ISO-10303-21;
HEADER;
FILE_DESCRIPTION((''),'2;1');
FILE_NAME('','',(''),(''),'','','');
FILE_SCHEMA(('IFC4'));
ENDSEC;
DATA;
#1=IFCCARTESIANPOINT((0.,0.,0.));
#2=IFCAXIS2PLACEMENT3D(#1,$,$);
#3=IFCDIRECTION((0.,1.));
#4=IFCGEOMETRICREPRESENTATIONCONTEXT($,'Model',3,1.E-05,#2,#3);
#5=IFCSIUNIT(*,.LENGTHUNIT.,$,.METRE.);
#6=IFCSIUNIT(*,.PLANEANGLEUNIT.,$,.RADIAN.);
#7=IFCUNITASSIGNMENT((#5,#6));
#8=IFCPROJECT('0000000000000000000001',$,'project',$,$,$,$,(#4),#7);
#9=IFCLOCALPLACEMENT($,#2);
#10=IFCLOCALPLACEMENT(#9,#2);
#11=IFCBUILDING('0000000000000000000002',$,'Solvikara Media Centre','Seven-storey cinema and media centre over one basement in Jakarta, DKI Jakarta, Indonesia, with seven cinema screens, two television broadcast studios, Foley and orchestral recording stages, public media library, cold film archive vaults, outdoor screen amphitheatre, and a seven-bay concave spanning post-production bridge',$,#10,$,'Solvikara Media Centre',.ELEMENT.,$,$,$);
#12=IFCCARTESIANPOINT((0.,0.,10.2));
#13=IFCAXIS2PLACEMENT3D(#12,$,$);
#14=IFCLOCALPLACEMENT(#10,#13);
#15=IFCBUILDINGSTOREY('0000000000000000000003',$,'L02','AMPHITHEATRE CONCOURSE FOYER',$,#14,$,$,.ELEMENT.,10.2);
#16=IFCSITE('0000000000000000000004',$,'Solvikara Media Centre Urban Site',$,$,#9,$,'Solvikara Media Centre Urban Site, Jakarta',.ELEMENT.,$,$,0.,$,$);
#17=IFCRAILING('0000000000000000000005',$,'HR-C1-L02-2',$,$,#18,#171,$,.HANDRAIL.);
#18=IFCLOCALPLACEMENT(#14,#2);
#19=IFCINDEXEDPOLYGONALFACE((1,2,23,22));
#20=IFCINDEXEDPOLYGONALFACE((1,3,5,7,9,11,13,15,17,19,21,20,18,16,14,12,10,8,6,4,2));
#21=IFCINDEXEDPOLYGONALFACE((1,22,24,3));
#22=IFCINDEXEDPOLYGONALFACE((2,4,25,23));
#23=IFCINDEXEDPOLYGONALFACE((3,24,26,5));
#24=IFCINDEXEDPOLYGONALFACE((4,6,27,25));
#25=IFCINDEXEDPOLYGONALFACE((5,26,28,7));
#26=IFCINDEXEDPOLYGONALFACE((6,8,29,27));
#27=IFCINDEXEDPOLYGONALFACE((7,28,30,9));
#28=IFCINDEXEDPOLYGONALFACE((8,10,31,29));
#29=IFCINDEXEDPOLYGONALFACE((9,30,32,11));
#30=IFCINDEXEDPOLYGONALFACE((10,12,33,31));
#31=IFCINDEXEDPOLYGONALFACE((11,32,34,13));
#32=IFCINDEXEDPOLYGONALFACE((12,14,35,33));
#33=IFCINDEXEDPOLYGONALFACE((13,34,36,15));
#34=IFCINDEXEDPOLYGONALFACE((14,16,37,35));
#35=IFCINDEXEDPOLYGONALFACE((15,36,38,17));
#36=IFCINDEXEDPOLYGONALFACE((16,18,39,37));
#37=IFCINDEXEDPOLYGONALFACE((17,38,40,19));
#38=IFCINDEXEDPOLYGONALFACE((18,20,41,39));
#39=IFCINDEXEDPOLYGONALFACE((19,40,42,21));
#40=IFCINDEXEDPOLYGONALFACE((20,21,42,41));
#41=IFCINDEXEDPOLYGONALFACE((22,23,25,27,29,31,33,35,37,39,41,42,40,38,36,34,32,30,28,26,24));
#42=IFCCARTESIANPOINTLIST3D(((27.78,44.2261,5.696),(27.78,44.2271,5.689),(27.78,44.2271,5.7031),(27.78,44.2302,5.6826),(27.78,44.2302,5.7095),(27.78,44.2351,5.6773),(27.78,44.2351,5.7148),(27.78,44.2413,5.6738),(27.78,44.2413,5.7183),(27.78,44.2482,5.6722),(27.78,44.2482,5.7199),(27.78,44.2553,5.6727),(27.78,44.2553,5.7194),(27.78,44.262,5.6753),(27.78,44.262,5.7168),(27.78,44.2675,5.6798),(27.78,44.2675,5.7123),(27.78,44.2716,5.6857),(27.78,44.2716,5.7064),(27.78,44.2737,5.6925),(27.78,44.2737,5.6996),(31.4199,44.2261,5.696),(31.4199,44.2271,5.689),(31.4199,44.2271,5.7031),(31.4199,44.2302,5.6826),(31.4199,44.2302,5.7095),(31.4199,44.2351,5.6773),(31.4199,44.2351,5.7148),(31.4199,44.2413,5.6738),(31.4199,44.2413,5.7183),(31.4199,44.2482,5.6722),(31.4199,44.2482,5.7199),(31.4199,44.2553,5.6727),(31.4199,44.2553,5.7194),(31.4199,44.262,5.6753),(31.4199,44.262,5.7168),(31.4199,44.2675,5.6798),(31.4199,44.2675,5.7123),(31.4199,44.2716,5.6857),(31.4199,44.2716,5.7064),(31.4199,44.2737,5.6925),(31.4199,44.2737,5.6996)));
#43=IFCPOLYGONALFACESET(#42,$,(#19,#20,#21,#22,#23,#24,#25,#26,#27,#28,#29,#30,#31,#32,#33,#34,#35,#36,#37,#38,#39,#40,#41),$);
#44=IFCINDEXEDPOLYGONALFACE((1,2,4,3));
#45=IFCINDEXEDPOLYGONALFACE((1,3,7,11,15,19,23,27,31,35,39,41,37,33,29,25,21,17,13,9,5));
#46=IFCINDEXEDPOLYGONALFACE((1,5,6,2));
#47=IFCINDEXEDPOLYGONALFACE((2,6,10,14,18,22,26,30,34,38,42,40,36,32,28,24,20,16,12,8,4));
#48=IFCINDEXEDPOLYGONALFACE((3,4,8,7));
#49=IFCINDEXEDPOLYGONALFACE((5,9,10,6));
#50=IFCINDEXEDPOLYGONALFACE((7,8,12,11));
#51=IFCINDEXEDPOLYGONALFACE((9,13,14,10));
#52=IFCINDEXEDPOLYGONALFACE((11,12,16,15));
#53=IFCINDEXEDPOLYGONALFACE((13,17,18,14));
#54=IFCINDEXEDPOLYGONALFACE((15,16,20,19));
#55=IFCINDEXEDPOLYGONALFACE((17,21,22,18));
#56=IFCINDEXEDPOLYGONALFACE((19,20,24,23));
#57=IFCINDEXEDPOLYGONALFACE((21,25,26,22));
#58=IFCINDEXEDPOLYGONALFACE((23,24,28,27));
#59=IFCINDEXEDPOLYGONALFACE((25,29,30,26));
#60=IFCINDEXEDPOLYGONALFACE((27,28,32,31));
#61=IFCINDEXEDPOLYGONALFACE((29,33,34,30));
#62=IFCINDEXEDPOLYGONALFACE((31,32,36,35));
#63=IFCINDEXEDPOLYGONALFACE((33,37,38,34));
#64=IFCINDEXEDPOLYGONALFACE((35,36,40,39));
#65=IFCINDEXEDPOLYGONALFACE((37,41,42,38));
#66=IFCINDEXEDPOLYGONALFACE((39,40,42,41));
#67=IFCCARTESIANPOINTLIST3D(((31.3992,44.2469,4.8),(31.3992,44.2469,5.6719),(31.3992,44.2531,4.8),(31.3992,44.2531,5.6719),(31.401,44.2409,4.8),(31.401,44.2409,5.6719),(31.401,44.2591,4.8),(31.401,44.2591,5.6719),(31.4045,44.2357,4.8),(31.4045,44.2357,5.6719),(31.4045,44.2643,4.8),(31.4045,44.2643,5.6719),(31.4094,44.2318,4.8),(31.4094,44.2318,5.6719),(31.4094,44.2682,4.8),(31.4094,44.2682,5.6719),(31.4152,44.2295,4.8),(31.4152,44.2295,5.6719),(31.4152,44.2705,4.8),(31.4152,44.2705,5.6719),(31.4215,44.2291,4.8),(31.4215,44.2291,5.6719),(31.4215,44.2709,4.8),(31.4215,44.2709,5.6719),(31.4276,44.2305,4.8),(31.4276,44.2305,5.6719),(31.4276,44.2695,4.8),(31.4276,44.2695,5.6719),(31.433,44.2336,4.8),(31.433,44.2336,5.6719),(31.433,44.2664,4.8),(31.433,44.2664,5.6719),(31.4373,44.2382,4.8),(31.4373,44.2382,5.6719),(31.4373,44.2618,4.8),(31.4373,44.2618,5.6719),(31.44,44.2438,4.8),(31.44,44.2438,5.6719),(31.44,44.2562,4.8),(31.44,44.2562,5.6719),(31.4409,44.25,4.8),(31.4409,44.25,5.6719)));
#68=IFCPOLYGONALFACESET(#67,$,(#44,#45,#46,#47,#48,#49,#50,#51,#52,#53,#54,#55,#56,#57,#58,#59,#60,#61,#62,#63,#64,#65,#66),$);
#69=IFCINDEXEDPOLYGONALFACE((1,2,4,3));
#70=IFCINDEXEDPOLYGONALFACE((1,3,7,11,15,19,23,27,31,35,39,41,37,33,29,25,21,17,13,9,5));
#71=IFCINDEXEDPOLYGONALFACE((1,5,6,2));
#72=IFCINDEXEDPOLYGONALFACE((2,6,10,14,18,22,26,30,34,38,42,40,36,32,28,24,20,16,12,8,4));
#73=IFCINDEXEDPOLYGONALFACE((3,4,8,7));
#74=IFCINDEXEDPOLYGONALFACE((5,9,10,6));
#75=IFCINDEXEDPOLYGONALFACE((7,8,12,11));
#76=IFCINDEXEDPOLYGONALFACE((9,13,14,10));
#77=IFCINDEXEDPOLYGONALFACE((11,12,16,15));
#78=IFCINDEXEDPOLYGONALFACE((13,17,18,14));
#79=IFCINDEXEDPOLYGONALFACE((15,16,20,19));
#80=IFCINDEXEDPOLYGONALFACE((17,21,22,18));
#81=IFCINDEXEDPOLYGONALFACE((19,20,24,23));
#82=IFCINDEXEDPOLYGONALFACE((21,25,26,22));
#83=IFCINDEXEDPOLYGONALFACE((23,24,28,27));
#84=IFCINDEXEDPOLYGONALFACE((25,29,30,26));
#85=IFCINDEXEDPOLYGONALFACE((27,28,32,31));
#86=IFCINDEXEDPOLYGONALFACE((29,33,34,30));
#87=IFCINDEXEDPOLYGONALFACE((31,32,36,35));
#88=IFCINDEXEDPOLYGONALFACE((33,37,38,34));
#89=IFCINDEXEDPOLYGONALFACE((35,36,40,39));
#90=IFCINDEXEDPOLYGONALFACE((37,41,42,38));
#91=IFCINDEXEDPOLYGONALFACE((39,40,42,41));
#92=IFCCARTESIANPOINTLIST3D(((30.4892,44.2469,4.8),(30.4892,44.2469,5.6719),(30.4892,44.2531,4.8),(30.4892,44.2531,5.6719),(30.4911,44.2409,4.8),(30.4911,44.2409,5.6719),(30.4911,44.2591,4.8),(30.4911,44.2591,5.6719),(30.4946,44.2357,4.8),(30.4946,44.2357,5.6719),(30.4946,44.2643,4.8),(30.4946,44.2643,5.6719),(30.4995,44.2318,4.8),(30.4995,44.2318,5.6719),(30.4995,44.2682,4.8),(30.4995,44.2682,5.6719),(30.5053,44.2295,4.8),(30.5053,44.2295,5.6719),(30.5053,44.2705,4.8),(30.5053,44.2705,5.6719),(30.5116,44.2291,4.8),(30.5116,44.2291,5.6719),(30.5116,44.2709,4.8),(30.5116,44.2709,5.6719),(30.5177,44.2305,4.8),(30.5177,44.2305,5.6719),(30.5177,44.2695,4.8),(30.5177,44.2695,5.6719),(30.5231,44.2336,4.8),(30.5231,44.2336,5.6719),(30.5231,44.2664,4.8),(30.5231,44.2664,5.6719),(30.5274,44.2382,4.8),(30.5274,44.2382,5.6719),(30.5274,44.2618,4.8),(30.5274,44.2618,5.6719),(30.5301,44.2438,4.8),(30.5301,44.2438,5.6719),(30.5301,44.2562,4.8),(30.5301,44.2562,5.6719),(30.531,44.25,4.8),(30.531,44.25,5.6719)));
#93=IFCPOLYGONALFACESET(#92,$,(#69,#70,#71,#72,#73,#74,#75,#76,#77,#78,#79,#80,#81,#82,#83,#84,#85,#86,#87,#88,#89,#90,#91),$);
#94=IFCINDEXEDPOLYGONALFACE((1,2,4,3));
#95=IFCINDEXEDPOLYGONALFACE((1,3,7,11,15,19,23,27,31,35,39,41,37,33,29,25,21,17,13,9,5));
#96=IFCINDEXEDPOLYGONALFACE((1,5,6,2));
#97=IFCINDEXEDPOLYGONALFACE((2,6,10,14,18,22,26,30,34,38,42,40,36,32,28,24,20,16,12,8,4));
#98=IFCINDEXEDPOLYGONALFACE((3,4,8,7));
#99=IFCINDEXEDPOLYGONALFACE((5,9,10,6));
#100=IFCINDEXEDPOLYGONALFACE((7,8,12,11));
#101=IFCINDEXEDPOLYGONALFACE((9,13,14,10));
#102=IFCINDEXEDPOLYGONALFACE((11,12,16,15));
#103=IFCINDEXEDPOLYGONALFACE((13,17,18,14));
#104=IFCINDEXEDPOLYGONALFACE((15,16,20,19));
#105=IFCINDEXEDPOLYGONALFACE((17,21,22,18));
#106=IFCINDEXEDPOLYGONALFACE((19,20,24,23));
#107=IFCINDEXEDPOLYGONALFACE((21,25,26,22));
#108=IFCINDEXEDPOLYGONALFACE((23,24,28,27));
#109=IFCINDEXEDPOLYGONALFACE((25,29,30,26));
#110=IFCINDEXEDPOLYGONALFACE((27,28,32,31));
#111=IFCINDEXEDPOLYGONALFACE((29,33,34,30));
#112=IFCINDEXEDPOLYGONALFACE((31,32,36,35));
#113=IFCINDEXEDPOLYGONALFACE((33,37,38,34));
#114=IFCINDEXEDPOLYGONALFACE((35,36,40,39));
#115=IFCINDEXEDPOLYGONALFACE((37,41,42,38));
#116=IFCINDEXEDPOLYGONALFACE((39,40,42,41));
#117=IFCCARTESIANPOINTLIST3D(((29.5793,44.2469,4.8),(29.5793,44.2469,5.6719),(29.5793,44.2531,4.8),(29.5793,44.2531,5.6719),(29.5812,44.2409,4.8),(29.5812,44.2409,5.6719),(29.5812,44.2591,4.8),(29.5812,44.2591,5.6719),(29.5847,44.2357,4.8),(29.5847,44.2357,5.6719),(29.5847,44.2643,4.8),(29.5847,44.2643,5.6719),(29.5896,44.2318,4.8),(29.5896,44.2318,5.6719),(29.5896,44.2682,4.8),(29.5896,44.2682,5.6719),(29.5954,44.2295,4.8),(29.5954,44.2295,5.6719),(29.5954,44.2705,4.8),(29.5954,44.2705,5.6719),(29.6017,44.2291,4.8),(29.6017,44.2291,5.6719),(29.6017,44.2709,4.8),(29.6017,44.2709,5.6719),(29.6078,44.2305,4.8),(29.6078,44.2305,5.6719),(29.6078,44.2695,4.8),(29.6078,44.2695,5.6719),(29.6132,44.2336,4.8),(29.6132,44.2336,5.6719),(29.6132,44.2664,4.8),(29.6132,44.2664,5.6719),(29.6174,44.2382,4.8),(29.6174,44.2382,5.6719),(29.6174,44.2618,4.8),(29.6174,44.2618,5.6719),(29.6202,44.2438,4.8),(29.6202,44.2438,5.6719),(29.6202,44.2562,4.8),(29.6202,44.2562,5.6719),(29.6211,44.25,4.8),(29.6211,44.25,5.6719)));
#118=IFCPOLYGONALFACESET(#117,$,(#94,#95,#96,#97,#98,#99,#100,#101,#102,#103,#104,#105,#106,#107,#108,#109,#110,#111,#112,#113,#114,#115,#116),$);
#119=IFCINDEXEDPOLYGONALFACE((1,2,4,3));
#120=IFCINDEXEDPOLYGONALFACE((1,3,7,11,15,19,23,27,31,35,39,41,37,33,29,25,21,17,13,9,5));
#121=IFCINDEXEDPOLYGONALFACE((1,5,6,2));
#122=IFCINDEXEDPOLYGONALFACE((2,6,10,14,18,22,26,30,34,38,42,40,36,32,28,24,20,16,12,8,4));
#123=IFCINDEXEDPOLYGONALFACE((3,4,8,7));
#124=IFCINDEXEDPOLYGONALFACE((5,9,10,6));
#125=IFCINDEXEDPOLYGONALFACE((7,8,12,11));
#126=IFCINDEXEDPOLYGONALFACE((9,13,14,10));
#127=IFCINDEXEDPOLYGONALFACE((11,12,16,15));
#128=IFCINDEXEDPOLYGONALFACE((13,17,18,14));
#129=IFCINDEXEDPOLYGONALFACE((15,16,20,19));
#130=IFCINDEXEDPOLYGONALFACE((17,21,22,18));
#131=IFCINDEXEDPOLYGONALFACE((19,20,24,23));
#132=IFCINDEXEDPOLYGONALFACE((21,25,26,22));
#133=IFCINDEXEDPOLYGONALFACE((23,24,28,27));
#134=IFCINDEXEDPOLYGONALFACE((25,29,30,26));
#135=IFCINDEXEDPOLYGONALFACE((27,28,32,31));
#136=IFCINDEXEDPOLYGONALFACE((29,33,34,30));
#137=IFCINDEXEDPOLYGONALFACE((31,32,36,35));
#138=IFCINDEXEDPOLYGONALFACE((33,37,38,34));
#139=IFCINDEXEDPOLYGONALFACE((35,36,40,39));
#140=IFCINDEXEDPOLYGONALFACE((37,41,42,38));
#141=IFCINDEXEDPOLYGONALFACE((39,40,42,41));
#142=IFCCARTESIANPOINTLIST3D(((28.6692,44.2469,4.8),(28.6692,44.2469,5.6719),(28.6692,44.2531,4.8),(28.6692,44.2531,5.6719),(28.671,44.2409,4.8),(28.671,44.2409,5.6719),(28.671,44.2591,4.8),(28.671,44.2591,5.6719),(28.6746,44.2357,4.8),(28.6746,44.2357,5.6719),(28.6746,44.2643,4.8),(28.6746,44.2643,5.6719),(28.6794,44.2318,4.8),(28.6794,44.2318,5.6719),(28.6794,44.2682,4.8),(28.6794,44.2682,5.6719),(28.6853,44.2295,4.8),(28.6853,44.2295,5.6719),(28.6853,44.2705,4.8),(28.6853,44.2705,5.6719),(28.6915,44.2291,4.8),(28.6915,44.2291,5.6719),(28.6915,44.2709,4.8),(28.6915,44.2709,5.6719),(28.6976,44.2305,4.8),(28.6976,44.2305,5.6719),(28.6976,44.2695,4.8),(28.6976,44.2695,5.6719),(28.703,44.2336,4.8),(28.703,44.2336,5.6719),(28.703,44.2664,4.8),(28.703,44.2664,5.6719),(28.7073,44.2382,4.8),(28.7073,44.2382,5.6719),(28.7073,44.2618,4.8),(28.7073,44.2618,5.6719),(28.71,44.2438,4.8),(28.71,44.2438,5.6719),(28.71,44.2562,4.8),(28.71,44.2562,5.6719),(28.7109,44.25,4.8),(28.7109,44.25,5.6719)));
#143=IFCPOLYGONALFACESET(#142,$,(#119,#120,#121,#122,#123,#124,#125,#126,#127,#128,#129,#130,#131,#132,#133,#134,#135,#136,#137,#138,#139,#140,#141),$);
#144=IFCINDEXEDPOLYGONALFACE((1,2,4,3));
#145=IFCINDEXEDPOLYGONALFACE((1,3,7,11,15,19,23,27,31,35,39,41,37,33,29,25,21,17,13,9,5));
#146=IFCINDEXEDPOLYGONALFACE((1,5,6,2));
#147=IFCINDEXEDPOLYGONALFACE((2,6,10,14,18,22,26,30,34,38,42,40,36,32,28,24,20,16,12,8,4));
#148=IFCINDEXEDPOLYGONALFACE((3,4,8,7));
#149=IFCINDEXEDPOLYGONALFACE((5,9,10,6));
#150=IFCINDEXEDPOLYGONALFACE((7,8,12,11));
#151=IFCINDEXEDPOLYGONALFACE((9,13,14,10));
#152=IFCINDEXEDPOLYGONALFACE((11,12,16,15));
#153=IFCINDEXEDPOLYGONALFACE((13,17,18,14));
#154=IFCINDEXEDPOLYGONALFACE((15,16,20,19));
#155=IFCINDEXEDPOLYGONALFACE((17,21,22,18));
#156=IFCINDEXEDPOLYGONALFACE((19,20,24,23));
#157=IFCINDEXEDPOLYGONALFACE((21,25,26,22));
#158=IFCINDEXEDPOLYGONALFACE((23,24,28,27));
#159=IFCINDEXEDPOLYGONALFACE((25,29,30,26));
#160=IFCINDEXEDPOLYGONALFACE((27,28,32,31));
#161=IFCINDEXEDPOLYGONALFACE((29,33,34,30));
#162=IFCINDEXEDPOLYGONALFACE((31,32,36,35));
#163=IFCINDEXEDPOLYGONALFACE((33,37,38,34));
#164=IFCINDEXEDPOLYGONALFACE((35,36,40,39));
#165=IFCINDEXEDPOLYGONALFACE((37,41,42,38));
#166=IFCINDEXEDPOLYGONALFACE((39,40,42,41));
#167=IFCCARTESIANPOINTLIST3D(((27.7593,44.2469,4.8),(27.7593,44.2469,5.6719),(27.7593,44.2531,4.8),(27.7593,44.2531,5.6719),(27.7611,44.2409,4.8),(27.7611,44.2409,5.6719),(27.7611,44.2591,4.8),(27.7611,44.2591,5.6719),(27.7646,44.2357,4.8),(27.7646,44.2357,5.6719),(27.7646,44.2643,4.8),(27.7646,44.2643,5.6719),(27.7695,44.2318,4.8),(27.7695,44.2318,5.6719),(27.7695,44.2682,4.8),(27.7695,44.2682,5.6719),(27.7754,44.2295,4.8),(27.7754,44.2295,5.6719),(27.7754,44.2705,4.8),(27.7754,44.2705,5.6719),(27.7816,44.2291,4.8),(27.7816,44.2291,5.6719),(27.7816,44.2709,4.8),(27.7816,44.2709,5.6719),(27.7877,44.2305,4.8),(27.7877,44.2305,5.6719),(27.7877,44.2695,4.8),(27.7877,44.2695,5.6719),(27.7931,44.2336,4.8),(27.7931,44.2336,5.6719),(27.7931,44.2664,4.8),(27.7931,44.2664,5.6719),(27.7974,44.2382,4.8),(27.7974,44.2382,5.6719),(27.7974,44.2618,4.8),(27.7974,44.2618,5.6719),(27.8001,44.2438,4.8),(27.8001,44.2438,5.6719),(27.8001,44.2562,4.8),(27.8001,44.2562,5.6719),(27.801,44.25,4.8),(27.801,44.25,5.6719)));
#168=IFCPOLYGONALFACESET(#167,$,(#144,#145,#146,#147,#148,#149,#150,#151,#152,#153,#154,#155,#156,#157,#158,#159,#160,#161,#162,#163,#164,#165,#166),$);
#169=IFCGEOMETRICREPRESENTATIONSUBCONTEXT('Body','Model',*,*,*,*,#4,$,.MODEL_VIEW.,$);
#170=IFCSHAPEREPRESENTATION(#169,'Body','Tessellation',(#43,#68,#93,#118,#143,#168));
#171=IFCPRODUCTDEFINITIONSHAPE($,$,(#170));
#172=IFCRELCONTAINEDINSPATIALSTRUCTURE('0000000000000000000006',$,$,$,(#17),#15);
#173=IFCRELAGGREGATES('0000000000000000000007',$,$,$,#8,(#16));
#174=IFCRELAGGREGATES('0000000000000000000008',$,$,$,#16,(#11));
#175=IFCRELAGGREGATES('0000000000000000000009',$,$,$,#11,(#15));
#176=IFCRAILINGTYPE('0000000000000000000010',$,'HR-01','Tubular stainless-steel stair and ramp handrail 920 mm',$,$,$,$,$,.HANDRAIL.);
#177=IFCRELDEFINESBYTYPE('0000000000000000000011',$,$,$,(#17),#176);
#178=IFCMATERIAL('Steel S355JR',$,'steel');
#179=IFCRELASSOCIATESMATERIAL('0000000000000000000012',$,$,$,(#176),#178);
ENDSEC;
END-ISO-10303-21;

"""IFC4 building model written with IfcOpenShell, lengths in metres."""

from ifc_helpers import new_model, si_unit, direction, frame, origin, origin_2d, place, context, subcontext, project, spatial, circle, extrude, material, type_object, element, save


model = new_model("IFC4")

# Units and contexts
model_context = context("Model", 3, precision=1e-05, world=origin(), true_north=direction((0.0, 1.0)))
body_context = subcontext(model_context, "Body", "Model", "MODEL_VIEW")
ifc_project = project(units=[si_unit("LENGTHUNIT", "METRE"), si_unit("PLANEANGLEUNIT", "RADIAN")], contexts=[model_context])

# Site, building, storey
site_placement = place(None, origin())
site = spatial("IfcSite", under=ifc_project, at=site_placement, Name="Solvikara Media Centre Urban Site", LongName="Solvikara Media Centre Urban Site, Jakarta", CompositionType="ELEMENT", RefElevation=0.0)
building_placement = place(site_placement, origin())
building = spatial("IfcBuilding", under=site, at=building_placement, Name="Solvikara Media Centre", Description="Seven-storey cinema and media centre over one basement in Jakarta, DKI Jakarta, Indonesia, with seven cinema screens, two television broadcast studios, Foley and orchestral recording stages, public media library, cold film archive vaults, outdoor screen amphitheatre, and a seven-bay concave spanning post-production bridge", LongName="Solvikara Media Centre", CompositionType="ELEMENT")
storey_placement = place(building_placement, frame((0.0, 0.0, 10.2)))
storey = spatial("IfcBuildingStorey", under=building, at=storey_placement, Name="L02", Description="AMPHITHEATRE CONCOURSE FOYER", CompositionType="ELEMENT", Elevation=10.2)

# Shared definitions
ifc_material_1 = material(Name="Steel S355JR", Category="steel")

# Railing
railing_type_1 = type_object("IfcRailingType", Name="HR-01", Description="Tubular stainless-steel stair and ramp handrail 920 mm", PredefinedType="HANDRAIL", material=ifc_material_1)
railing_1_placement = place(storey_placement, frame((31.4199, 44.25, 4.8)))
element("IfcRailing", 1, at=railing_1_placement, inside=storey, type_object=railing_type_1, Name="HR-C1-L02-2", PredefinedType="HANDRAIL", context=body_context, shape_type="SweptSolid", body=[
    extrude(circle(Radius=0.0239, at=origin_2d()), frame((0.0, 0.0, 0.896), z_axis=(-1.0, 0.0, 0.0), x_axis=(0.0, -1.0, 0.0)), (0.0, 0.0, 1.0), 3.6399),
    extrude(circle(Radius=0.021, at=origin_2d()), origin(), (0.0, 0.0, 1.0), 0.8718),
    extrude(circle(Radius=0.021, at=origin_2d()), frame((-0.9099, 0.0, 0.0)), (0.0, 0.0, 1.0), 0.8718),
    extrude(circle(Radius=0.021, at=origin_2d()), frame((-1.8198, 0.0, 0.0)), (0.0, 0.0, 1.0), 0.8718),
    extrude(circle(Radius=0.021, at=origin_2d()), frame((-2.73, 0.0, 0.0)), (0.0, 0.0, 1.0), 0.8718),
    extrude(circle(Radius=0.021, at=origin_2d()), frame((-3.6399, 0.0, 0.0)), (0.0, 0.0, 1.0), 0.8718),
])

save(model, "model.ifc")
